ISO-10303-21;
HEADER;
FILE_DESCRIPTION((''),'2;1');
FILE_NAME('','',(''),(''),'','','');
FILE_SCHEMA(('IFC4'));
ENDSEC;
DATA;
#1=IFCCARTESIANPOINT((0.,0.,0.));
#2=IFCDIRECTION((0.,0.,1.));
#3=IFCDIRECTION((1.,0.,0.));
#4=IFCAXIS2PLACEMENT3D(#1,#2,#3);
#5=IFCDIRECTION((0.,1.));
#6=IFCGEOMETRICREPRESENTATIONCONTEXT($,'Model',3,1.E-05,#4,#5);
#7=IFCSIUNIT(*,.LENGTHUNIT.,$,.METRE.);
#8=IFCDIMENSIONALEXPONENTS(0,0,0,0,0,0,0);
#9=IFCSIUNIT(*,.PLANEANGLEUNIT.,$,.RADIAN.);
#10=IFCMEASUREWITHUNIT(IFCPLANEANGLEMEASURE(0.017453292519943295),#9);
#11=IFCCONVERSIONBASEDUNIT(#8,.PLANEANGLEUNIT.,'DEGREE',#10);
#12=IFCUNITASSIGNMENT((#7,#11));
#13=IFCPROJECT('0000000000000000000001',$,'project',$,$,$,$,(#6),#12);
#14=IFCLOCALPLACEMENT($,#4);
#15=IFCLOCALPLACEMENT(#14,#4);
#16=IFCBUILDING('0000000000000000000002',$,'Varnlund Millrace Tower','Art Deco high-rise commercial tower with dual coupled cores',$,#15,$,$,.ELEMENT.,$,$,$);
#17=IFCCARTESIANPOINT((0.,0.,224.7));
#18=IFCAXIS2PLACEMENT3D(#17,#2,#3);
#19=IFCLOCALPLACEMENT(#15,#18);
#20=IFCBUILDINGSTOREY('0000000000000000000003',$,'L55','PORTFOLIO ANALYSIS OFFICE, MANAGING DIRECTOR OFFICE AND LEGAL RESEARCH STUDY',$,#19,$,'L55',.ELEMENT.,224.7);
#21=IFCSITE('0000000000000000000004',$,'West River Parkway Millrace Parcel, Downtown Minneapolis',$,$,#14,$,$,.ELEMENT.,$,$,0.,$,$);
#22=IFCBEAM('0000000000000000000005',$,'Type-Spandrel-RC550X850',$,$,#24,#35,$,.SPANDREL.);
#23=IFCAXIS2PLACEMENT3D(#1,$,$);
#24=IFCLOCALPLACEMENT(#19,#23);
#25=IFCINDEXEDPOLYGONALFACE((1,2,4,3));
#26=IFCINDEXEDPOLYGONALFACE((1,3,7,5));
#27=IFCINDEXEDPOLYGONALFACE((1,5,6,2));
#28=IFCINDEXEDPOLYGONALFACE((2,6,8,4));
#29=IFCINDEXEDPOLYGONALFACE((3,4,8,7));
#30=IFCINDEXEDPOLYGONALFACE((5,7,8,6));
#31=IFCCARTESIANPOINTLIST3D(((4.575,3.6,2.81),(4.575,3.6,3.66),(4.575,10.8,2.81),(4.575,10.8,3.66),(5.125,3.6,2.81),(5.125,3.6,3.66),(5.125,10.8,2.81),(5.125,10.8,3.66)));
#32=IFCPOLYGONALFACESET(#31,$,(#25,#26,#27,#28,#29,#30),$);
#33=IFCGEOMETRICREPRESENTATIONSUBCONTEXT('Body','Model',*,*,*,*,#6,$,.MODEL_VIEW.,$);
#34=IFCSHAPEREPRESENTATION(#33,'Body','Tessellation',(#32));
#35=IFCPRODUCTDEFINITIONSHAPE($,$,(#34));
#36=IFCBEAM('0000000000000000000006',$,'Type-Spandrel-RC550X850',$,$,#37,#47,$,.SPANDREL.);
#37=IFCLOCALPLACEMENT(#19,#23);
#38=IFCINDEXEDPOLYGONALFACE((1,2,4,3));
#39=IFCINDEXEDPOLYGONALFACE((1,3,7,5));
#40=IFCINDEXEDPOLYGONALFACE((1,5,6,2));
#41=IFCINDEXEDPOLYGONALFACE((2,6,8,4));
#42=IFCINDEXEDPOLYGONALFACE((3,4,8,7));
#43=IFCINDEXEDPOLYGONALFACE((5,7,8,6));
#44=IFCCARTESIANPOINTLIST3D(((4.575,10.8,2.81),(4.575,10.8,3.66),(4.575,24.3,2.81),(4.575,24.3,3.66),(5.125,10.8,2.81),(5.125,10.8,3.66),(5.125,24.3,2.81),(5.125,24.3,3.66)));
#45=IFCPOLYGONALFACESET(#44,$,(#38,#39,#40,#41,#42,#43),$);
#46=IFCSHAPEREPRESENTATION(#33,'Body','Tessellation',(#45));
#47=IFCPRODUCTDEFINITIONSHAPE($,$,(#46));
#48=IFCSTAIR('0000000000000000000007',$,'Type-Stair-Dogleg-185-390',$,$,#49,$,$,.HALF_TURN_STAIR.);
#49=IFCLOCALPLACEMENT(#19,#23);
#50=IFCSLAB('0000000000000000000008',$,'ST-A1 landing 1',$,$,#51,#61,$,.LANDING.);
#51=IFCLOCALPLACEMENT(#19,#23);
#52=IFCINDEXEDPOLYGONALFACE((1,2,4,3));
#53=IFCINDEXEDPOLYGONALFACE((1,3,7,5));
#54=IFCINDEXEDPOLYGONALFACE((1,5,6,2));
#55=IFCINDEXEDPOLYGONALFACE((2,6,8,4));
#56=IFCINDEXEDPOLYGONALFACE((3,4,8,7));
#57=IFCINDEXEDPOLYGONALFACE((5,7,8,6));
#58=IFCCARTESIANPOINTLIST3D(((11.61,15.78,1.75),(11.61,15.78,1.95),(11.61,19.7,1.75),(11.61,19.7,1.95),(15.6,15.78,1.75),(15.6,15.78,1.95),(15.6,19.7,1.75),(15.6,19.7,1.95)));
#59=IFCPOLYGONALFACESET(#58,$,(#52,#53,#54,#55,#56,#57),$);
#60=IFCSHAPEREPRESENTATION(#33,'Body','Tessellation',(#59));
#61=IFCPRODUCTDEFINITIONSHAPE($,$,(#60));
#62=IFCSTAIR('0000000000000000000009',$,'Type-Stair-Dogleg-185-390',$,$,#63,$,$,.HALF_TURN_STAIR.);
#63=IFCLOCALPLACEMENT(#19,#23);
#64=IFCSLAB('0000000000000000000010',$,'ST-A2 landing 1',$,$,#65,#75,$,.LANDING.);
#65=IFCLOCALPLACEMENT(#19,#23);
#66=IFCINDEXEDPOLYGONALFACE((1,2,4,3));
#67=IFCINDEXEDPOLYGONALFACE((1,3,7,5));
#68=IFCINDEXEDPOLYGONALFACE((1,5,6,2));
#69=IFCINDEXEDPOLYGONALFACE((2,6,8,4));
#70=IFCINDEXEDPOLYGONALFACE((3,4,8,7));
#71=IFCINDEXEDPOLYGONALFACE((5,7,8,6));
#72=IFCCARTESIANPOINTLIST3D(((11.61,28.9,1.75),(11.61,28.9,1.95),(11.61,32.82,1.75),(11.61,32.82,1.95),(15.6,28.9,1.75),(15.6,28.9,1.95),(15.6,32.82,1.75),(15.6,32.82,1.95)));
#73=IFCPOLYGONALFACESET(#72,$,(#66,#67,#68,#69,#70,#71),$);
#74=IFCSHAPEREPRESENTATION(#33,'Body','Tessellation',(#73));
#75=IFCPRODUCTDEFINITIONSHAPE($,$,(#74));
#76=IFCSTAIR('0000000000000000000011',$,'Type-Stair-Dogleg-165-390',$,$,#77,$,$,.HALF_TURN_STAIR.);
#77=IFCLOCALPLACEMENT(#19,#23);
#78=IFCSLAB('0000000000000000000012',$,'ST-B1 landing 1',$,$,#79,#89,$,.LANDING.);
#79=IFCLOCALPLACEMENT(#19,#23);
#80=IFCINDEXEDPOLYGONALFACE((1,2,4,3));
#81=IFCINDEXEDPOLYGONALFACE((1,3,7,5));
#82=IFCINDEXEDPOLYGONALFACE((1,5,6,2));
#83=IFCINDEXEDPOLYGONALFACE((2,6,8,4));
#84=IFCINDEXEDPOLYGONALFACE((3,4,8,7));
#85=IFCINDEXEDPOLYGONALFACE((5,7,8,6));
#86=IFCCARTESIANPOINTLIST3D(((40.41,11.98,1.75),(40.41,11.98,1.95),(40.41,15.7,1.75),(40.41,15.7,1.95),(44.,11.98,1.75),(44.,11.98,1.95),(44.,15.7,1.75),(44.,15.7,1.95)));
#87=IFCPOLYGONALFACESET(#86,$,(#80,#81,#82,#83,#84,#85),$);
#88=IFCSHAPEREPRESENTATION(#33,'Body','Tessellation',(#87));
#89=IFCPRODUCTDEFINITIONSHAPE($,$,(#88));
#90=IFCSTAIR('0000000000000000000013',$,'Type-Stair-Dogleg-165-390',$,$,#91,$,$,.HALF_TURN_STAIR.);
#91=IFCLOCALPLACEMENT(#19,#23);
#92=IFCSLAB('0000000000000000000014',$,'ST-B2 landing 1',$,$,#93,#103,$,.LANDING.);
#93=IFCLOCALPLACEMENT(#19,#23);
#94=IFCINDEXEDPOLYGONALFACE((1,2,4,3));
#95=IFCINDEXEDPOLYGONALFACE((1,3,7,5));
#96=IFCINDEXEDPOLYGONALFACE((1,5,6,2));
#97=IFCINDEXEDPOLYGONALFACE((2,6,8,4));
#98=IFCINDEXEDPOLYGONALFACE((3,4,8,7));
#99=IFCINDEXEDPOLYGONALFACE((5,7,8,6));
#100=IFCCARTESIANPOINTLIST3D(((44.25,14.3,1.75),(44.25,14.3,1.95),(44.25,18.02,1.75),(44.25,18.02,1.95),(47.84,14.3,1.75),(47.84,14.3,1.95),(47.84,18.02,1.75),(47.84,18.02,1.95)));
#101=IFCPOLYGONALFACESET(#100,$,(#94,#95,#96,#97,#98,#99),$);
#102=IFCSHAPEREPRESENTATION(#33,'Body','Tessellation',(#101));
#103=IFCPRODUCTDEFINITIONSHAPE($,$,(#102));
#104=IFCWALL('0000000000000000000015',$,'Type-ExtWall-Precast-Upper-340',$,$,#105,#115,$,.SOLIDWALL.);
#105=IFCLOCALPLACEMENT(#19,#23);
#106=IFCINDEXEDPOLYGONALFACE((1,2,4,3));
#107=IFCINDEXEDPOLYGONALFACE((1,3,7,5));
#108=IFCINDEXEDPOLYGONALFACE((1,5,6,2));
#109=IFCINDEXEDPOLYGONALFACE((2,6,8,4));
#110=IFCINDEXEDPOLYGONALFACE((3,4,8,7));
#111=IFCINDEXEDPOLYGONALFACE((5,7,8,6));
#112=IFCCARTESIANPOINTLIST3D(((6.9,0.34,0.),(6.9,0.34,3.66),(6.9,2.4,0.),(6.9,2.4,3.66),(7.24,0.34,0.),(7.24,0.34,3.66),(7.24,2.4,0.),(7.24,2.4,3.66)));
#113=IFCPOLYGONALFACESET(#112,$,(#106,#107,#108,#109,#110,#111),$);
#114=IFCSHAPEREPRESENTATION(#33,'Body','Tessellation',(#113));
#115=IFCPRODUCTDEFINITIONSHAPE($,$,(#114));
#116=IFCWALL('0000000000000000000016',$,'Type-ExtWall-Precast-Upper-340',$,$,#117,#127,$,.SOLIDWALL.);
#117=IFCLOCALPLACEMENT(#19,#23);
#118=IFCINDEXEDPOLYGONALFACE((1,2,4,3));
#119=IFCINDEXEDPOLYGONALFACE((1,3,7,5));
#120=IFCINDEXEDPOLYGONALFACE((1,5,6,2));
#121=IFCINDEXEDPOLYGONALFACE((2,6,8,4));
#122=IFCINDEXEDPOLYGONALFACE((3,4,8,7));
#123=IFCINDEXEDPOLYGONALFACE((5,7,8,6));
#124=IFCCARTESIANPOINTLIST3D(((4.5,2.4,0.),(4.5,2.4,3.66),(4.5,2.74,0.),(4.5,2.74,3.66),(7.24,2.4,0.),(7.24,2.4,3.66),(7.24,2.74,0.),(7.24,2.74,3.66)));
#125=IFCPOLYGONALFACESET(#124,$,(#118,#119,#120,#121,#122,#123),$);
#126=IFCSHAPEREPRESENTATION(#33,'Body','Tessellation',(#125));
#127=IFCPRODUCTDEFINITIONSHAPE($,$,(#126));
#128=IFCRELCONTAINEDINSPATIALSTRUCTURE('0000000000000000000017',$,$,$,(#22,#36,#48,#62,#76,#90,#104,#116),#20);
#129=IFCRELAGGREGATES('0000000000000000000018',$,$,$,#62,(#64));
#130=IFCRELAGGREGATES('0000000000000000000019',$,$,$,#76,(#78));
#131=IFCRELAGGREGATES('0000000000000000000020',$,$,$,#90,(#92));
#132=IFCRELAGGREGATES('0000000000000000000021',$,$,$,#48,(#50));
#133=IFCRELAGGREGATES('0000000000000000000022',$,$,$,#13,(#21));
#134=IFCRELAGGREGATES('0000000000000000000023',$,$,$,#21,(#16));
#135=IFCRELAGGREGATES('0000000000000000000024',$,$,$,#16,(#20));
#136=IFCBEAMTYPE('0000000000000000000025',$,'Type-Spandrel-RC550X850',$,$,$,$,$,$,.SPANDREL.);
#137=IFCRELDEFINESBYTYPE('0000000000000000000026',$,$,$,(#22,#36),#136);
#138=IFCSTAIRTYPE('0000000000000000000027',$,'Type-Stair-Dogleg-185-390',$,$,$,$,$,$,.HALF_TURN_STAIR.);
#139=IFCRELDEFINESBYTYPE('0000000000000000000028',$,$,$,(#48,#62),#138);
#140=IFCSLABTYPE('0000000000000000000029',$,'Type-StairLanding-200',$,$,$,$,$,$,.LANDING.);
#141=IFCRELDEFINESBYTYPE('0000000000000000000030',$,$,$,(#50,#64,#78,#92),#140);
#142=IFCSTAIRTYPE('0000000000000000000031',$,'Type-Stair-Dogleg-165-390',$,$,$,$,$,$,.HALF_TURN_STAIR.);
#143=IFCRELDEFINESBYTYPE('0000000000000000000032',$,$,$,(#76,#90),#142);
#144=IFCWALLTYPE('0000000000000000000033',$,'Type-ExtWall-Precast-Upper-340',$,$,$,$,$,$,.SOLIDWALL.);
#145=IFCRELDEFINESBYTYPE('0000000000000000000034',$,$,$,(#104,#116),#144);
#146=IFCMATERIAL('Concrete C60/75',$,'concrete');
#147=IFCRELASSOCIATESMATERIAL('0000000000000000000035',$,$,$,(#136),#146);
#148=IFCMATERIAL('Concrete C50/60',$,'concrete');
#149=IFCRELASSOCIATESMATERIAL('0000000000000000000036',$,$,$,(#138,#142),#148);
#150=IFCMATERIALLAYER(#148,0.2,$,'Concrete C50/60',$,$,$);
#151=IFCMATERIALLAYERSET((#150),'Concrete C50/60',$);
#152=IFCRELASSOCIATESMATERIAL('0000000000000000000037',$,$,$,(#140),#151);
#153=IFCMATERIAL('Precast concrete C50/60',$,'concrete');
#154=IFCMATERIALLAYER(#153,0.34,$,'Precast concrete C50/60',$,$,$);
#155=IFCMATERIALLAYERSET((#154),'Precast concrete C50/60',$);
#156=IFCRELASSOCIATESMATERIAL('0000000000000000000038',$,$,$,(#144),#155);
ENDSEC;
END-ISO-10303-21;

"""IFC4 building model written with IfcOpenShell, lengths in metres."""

from ifc_helpers import new_model, entity, si_unit, converted_unit, direction, frame, origin_with_axes, origin_2d_with_axis, place, context, subcontext, project, spatial, polyline, rectangle, outline, extrude, material, layer, layer_set, material_profile, profile_set, type_object, element, aggregate, save


model = new_model("IFC4")

# Units and contexts
model_context = context("Model", 3, precision=1e-05, world=origin_with_axes(), true_north=direction((0.0, 1.0)))
body_context = subcontext(model_context, "Body", "Model", "MODEL_VIEW")
ifc_project = project(units=[si_unit("LENGTHUNIT", "METRE"), converted_unit("PLANEANGLEUNIT", "DEGREE", entity("IfcPlaneAngleMeasure", 0.017453292519943295), si_unit("PLANEANGLEUNIT", "RADIAN"), dimensions=[0, 0, 0, 0, 0, 0, 0])], contexts=[model_context])

# Site, building, storey
site_placement = place(None, origin_with_axes())
site = spatial("IfcSite", under=ifc_project, at=site_placement, Name="West River Parkway Millrace Parcel, Downtown Minneapolis", CompositionType="ELEMENT", RefElevation=0.0)
building_placement = place(site_placement, origin_with_axes())
building = spatial("IfcBuilding", under=site, at=building_placement, Name="Varnlund Millrace Tower", Description="Art Deco high-rise commercial tower with dual coupled cores", CompositionType="ELEMENT")
storey_placement = place(building_placement, frame((0.0, 0.0, 224.7), z_axis=(0.0, 0.0, 1.0), x_axis=(1.0, 0.0, 0.0)))
storey = spatial("IfcBuildingStorey", under=building, at=storey_placement, Name="L55", Description="PORTFOLIO ANALYSIS OFFICE, MANAGING DIRECTOR OFFICE AND LEGAL RESEARCH STUDY", LongName="L55", CompositionType="ELEMENT", Elevation=224.7)

# Beams
ifc_material_1 = material(Name="Concrete C60/75", Category="concrete")
ifc_material_profile_1 = material_profile(ifc_material_1, rectangle(XDim=0.55, YDim=0.85, at=origin_2d_with_axis()), Name="Concrete C60/75")
ifc_profile_set_1 = profile_set([ifc_material_profile_1], Name="Concrete C60/75")
beam_type_1 = type_object("IfcBeamType", Name="Type-Spandrel-RC550X850", PredefinedType="SPANDREL", material=ifc_profile_set_1)
beam_1_placement = place(storey_placement, frame((4.85, 3.6, 3.235), z_axis=(0.0, 1.0, 0.0), x_axis=(-1.0, 0.0, 0.0)))
element("IfcBeam", 1, at=beam_1_placement, inside=storey, type_object=beam_type_1, Name="Type-Spandrel-RC550X850", PredefinedType="SPANDREL", context=body_context, shape_type="SweptSolid", body=[
    extrude(rectangle(XDim=0.55, YDim=0.85, at=origin_2d_with_axis()), origin_with_axes(), (0.0, 0.0, 1.0), 7.2),
])
beam_2_placement = place(storey_placement, frame((4.85, 10.8, 3.235), z_axis=(0.0, 1.0, 0.0), x_axis=(-1.0, 0.0, 0.0)))
element("IfcBeam", 2, at=beam_2_placement, inside=storey, type_object=beam_type_1, Name="Type-Spandrel-RC550X850", PredefinedType="SPANDREL", context=body_context, shape_type="SweptSolid", body=[
    extrude(rectangle(XDim=0.55, YDim=0.85, at=origin_2d_with_axis()), origin_with_axes(), (0.0, 0.0, 1.0), 13.5),
])

# Stairs, slabs
ifc_material_2 = material(Name="Concrete C50/60", Category="concrete")
stair_type_1 = type_object("IfcStairType", Name="Type-Stair-Dogleg-185-390", PredefinedType="HALF_TURN_STAIR", material=ifc_material_2)
stair_1_placement = place(storey_placement, origin_with_axes())
stair_1 = element("IfcStair", 3, at=stair_1_placement, inside=storey, type_object=stair_type_1, Name="Type-Stair-Dogleg-185-390", PredefinedType="HALF_TURN_STAIR")
ifc_layer_1 = layer(ifc_material_2, 0.2, Name="Concrete C50/60")
ifc_layer_set_1 = layer_set([ifc_layer_1], Name="Concrete C50/60")
slab_type = type_object("IfcSlabType", Name="Type-StairLanding-200", PredefinedType="LANDING", material=ifc_layer_set_1)
slab_1_placement = place(storey_placement, frame((0.0, 0.0, 1.75), z_axis=(0.0, 0.0, 1.0), x_axis=(1.0, 0.0, 0.0)))
slab_1 = element("IfcSlab", 4, at=slab_1_placement, type_object=slab_type, Name="ST-A1 landing 1", PredefinedType="LANDING", context=body_context, shape_type="SweptSolid", body=[
    extrude(outline(polyline([(15.6, 15.78), (15.6, 19.7), (11.61, 19.7), (11.61, 15.78), (15.6, 15.78)])), origin_with_axes(), (0.0, 0.0, 1.0), 0.2),
])
stair_2_placement = place(storey_placement, origin_with_axes())
stair_2 = element("IfcStair", 5, at=stair_2_placement, inside=storey, type_object=stair_type_1, Name="Type-Stair-Dogleg-185-390", PredefinedType="HALF_TURN_STAIR")
slab_2_placement = place(storey_placement, frame((0.0, 0.0, 1.75), z_axis=(0.0, 0.0, 1.0), x_axis=(1.0, 0.0, 0.0)))
slab_2 = element("IfcSlab", 6, at=slab_2_placement, type_object=slab_type, Name="ST-A2 landing 1", PredefinedType="LANDING", context=body_context, shape_type="SweptSolid", body=[
    extrude(outline(polyline([(11.61, 32.82), (11.61, 28.9), (15.6, 28.9), (15.6, 32.82), (11.61, 32.82)])), origin_with_axes(), (0.0, 0.0, 1.0), 0.2),
])
aggregate(stair_2, [slab_2])
stair_type_2 = type_object("IfcStairType", Name="Type-Stair-Dogleg-165-390", PredefinedType="HALF_TURN_STAIR", material=ifc_material_2)
stair_3_placement = place(storey_placement, origin_with_axes())
stair_3 = element("IfcStair", 7, at=stair_3_placement, inside=storey, type_object=stair_type_2, Name="Type-Stair-Dogleg-165-390", PredefinedType="HALF_TURN_STAIR")
slab_3_placement = place(storey_placement, frame((0.0, 0.0, 1.75), z_axis=(0.0, 0.0, 1.0), x_axis=(1.0, 0.0, 0.0)))
slab_3 = element("IfcSlab", 8, at=slab_3_placement, type_object=slab_type, Name="ST-B1 landing 1", PredefinedType="LANDING", context=body_context, shape_type="SweptSolid", body=[
    extrude(outline(polyline([(44.0, 11.98), (44.0, 15.7), (40.41, 15.7), (40.41, 11.98), (44.0, 11.98)])), origin_with_axes(), (0.0, 0.0, 1.0), 0.2),
])
aggregate(stair_3, [slab_3])
stair_4_placement = place(storey_placement, origin_with_axes())
stair_4 = element("IfcStair", 9, at=stair_4_placement, inside=storey, type_object=stair_type_2, Name="Type-Stair-Dogleg-165-390", PredefinedType="HALF_TURN_STAIR")
slab_4_placement = place(storey_placement, frame((0.0, 0.0, 1.75), z_axis=(0.0, 0.0, 1.0), x_axis=(1.0, 0.0, 0.0)))
slab_4 = element("IfcSlab", 10, at=slab_4_placement, type_object=slab_type, Name="ST-B2 landing 1", PredefinedType="LANDING", context=body_context, shape_type="SweptSolid", body=[
    extrude(outline(polyline([(44.25, 18.02), (44.25, 14.3), (47.84, 14.3), (47.84, 18.02), (44.25, 18.02)])), origin_with_axes(), (0.0, 0.0, 1.0), 0.2),
])
aggregate(stair_4, [slab_4])

# Walls
ifc_material_3 = material(Name="Precast concrete C50/60", Category="concrete")
ifc_layer_2 = layer(ifc_material_3, 0.34, Name="Precast concrete C50/60")
ifc_layer_set_2 = layer_set([ifc_layer_2], Name="Precast concrete C50/60")
wall_type_1 = type_object("IfcWallType", Name="Type-ExtWall-Precast-Upper-340", PredefinedType="SOLIDWALL", material=ifc_layer_set_2)
wall_1_placement = place(storey_placement, frame((7.07, 0.34, 0.0), z_axis=(0.0, 0.0, 1.0), x_axis=(0.0, 1.0, 0.0)))
element("IfcWall", 11, at=wall_1_placement, inside=storey, type_object=wall_type_1, Name="Type-ExtWall-Precast-Upper-340", PredefinedType="SOLIDWALL", context=body_context, shape_type="SweptSolid", body=[
    extrude(outline(polyline([(0.0, -0.17), (2.06, -0.17), (2.06, 0.17), (0.0, 0.17), (0.0, -0.17)])), origin_with_axes(), (0.0, 0.0, 1.0), 3.66),
])
wall_2_placement = place(storey_placement, frame((7.24, 2.57, 0.0), z_axis=(0.0, 0.0, 1.0), x_axis=(-1.0, 0.0, 0.0)))
element("IfcWall", 12, at=wall_2_placement, inside=storey, type_object=wall_type_1, Name="Type-ExtWall-Precast-Upper-340", PredefinedType="SOLIDWALL", context=body_context, shape_type="SweptSolid", body=[
    extrude(outline(polyline([(0.0, -0.17), (2.74, -0.17), (2.74, 0.17), (0.0, 0.17), (0.0, -0.17)])), origin_with_axes(), (0.0, 0.0, 1.0), 3.66),
])

aggregate(stair_1, [slab_1])

save(model, "model.ifc")
